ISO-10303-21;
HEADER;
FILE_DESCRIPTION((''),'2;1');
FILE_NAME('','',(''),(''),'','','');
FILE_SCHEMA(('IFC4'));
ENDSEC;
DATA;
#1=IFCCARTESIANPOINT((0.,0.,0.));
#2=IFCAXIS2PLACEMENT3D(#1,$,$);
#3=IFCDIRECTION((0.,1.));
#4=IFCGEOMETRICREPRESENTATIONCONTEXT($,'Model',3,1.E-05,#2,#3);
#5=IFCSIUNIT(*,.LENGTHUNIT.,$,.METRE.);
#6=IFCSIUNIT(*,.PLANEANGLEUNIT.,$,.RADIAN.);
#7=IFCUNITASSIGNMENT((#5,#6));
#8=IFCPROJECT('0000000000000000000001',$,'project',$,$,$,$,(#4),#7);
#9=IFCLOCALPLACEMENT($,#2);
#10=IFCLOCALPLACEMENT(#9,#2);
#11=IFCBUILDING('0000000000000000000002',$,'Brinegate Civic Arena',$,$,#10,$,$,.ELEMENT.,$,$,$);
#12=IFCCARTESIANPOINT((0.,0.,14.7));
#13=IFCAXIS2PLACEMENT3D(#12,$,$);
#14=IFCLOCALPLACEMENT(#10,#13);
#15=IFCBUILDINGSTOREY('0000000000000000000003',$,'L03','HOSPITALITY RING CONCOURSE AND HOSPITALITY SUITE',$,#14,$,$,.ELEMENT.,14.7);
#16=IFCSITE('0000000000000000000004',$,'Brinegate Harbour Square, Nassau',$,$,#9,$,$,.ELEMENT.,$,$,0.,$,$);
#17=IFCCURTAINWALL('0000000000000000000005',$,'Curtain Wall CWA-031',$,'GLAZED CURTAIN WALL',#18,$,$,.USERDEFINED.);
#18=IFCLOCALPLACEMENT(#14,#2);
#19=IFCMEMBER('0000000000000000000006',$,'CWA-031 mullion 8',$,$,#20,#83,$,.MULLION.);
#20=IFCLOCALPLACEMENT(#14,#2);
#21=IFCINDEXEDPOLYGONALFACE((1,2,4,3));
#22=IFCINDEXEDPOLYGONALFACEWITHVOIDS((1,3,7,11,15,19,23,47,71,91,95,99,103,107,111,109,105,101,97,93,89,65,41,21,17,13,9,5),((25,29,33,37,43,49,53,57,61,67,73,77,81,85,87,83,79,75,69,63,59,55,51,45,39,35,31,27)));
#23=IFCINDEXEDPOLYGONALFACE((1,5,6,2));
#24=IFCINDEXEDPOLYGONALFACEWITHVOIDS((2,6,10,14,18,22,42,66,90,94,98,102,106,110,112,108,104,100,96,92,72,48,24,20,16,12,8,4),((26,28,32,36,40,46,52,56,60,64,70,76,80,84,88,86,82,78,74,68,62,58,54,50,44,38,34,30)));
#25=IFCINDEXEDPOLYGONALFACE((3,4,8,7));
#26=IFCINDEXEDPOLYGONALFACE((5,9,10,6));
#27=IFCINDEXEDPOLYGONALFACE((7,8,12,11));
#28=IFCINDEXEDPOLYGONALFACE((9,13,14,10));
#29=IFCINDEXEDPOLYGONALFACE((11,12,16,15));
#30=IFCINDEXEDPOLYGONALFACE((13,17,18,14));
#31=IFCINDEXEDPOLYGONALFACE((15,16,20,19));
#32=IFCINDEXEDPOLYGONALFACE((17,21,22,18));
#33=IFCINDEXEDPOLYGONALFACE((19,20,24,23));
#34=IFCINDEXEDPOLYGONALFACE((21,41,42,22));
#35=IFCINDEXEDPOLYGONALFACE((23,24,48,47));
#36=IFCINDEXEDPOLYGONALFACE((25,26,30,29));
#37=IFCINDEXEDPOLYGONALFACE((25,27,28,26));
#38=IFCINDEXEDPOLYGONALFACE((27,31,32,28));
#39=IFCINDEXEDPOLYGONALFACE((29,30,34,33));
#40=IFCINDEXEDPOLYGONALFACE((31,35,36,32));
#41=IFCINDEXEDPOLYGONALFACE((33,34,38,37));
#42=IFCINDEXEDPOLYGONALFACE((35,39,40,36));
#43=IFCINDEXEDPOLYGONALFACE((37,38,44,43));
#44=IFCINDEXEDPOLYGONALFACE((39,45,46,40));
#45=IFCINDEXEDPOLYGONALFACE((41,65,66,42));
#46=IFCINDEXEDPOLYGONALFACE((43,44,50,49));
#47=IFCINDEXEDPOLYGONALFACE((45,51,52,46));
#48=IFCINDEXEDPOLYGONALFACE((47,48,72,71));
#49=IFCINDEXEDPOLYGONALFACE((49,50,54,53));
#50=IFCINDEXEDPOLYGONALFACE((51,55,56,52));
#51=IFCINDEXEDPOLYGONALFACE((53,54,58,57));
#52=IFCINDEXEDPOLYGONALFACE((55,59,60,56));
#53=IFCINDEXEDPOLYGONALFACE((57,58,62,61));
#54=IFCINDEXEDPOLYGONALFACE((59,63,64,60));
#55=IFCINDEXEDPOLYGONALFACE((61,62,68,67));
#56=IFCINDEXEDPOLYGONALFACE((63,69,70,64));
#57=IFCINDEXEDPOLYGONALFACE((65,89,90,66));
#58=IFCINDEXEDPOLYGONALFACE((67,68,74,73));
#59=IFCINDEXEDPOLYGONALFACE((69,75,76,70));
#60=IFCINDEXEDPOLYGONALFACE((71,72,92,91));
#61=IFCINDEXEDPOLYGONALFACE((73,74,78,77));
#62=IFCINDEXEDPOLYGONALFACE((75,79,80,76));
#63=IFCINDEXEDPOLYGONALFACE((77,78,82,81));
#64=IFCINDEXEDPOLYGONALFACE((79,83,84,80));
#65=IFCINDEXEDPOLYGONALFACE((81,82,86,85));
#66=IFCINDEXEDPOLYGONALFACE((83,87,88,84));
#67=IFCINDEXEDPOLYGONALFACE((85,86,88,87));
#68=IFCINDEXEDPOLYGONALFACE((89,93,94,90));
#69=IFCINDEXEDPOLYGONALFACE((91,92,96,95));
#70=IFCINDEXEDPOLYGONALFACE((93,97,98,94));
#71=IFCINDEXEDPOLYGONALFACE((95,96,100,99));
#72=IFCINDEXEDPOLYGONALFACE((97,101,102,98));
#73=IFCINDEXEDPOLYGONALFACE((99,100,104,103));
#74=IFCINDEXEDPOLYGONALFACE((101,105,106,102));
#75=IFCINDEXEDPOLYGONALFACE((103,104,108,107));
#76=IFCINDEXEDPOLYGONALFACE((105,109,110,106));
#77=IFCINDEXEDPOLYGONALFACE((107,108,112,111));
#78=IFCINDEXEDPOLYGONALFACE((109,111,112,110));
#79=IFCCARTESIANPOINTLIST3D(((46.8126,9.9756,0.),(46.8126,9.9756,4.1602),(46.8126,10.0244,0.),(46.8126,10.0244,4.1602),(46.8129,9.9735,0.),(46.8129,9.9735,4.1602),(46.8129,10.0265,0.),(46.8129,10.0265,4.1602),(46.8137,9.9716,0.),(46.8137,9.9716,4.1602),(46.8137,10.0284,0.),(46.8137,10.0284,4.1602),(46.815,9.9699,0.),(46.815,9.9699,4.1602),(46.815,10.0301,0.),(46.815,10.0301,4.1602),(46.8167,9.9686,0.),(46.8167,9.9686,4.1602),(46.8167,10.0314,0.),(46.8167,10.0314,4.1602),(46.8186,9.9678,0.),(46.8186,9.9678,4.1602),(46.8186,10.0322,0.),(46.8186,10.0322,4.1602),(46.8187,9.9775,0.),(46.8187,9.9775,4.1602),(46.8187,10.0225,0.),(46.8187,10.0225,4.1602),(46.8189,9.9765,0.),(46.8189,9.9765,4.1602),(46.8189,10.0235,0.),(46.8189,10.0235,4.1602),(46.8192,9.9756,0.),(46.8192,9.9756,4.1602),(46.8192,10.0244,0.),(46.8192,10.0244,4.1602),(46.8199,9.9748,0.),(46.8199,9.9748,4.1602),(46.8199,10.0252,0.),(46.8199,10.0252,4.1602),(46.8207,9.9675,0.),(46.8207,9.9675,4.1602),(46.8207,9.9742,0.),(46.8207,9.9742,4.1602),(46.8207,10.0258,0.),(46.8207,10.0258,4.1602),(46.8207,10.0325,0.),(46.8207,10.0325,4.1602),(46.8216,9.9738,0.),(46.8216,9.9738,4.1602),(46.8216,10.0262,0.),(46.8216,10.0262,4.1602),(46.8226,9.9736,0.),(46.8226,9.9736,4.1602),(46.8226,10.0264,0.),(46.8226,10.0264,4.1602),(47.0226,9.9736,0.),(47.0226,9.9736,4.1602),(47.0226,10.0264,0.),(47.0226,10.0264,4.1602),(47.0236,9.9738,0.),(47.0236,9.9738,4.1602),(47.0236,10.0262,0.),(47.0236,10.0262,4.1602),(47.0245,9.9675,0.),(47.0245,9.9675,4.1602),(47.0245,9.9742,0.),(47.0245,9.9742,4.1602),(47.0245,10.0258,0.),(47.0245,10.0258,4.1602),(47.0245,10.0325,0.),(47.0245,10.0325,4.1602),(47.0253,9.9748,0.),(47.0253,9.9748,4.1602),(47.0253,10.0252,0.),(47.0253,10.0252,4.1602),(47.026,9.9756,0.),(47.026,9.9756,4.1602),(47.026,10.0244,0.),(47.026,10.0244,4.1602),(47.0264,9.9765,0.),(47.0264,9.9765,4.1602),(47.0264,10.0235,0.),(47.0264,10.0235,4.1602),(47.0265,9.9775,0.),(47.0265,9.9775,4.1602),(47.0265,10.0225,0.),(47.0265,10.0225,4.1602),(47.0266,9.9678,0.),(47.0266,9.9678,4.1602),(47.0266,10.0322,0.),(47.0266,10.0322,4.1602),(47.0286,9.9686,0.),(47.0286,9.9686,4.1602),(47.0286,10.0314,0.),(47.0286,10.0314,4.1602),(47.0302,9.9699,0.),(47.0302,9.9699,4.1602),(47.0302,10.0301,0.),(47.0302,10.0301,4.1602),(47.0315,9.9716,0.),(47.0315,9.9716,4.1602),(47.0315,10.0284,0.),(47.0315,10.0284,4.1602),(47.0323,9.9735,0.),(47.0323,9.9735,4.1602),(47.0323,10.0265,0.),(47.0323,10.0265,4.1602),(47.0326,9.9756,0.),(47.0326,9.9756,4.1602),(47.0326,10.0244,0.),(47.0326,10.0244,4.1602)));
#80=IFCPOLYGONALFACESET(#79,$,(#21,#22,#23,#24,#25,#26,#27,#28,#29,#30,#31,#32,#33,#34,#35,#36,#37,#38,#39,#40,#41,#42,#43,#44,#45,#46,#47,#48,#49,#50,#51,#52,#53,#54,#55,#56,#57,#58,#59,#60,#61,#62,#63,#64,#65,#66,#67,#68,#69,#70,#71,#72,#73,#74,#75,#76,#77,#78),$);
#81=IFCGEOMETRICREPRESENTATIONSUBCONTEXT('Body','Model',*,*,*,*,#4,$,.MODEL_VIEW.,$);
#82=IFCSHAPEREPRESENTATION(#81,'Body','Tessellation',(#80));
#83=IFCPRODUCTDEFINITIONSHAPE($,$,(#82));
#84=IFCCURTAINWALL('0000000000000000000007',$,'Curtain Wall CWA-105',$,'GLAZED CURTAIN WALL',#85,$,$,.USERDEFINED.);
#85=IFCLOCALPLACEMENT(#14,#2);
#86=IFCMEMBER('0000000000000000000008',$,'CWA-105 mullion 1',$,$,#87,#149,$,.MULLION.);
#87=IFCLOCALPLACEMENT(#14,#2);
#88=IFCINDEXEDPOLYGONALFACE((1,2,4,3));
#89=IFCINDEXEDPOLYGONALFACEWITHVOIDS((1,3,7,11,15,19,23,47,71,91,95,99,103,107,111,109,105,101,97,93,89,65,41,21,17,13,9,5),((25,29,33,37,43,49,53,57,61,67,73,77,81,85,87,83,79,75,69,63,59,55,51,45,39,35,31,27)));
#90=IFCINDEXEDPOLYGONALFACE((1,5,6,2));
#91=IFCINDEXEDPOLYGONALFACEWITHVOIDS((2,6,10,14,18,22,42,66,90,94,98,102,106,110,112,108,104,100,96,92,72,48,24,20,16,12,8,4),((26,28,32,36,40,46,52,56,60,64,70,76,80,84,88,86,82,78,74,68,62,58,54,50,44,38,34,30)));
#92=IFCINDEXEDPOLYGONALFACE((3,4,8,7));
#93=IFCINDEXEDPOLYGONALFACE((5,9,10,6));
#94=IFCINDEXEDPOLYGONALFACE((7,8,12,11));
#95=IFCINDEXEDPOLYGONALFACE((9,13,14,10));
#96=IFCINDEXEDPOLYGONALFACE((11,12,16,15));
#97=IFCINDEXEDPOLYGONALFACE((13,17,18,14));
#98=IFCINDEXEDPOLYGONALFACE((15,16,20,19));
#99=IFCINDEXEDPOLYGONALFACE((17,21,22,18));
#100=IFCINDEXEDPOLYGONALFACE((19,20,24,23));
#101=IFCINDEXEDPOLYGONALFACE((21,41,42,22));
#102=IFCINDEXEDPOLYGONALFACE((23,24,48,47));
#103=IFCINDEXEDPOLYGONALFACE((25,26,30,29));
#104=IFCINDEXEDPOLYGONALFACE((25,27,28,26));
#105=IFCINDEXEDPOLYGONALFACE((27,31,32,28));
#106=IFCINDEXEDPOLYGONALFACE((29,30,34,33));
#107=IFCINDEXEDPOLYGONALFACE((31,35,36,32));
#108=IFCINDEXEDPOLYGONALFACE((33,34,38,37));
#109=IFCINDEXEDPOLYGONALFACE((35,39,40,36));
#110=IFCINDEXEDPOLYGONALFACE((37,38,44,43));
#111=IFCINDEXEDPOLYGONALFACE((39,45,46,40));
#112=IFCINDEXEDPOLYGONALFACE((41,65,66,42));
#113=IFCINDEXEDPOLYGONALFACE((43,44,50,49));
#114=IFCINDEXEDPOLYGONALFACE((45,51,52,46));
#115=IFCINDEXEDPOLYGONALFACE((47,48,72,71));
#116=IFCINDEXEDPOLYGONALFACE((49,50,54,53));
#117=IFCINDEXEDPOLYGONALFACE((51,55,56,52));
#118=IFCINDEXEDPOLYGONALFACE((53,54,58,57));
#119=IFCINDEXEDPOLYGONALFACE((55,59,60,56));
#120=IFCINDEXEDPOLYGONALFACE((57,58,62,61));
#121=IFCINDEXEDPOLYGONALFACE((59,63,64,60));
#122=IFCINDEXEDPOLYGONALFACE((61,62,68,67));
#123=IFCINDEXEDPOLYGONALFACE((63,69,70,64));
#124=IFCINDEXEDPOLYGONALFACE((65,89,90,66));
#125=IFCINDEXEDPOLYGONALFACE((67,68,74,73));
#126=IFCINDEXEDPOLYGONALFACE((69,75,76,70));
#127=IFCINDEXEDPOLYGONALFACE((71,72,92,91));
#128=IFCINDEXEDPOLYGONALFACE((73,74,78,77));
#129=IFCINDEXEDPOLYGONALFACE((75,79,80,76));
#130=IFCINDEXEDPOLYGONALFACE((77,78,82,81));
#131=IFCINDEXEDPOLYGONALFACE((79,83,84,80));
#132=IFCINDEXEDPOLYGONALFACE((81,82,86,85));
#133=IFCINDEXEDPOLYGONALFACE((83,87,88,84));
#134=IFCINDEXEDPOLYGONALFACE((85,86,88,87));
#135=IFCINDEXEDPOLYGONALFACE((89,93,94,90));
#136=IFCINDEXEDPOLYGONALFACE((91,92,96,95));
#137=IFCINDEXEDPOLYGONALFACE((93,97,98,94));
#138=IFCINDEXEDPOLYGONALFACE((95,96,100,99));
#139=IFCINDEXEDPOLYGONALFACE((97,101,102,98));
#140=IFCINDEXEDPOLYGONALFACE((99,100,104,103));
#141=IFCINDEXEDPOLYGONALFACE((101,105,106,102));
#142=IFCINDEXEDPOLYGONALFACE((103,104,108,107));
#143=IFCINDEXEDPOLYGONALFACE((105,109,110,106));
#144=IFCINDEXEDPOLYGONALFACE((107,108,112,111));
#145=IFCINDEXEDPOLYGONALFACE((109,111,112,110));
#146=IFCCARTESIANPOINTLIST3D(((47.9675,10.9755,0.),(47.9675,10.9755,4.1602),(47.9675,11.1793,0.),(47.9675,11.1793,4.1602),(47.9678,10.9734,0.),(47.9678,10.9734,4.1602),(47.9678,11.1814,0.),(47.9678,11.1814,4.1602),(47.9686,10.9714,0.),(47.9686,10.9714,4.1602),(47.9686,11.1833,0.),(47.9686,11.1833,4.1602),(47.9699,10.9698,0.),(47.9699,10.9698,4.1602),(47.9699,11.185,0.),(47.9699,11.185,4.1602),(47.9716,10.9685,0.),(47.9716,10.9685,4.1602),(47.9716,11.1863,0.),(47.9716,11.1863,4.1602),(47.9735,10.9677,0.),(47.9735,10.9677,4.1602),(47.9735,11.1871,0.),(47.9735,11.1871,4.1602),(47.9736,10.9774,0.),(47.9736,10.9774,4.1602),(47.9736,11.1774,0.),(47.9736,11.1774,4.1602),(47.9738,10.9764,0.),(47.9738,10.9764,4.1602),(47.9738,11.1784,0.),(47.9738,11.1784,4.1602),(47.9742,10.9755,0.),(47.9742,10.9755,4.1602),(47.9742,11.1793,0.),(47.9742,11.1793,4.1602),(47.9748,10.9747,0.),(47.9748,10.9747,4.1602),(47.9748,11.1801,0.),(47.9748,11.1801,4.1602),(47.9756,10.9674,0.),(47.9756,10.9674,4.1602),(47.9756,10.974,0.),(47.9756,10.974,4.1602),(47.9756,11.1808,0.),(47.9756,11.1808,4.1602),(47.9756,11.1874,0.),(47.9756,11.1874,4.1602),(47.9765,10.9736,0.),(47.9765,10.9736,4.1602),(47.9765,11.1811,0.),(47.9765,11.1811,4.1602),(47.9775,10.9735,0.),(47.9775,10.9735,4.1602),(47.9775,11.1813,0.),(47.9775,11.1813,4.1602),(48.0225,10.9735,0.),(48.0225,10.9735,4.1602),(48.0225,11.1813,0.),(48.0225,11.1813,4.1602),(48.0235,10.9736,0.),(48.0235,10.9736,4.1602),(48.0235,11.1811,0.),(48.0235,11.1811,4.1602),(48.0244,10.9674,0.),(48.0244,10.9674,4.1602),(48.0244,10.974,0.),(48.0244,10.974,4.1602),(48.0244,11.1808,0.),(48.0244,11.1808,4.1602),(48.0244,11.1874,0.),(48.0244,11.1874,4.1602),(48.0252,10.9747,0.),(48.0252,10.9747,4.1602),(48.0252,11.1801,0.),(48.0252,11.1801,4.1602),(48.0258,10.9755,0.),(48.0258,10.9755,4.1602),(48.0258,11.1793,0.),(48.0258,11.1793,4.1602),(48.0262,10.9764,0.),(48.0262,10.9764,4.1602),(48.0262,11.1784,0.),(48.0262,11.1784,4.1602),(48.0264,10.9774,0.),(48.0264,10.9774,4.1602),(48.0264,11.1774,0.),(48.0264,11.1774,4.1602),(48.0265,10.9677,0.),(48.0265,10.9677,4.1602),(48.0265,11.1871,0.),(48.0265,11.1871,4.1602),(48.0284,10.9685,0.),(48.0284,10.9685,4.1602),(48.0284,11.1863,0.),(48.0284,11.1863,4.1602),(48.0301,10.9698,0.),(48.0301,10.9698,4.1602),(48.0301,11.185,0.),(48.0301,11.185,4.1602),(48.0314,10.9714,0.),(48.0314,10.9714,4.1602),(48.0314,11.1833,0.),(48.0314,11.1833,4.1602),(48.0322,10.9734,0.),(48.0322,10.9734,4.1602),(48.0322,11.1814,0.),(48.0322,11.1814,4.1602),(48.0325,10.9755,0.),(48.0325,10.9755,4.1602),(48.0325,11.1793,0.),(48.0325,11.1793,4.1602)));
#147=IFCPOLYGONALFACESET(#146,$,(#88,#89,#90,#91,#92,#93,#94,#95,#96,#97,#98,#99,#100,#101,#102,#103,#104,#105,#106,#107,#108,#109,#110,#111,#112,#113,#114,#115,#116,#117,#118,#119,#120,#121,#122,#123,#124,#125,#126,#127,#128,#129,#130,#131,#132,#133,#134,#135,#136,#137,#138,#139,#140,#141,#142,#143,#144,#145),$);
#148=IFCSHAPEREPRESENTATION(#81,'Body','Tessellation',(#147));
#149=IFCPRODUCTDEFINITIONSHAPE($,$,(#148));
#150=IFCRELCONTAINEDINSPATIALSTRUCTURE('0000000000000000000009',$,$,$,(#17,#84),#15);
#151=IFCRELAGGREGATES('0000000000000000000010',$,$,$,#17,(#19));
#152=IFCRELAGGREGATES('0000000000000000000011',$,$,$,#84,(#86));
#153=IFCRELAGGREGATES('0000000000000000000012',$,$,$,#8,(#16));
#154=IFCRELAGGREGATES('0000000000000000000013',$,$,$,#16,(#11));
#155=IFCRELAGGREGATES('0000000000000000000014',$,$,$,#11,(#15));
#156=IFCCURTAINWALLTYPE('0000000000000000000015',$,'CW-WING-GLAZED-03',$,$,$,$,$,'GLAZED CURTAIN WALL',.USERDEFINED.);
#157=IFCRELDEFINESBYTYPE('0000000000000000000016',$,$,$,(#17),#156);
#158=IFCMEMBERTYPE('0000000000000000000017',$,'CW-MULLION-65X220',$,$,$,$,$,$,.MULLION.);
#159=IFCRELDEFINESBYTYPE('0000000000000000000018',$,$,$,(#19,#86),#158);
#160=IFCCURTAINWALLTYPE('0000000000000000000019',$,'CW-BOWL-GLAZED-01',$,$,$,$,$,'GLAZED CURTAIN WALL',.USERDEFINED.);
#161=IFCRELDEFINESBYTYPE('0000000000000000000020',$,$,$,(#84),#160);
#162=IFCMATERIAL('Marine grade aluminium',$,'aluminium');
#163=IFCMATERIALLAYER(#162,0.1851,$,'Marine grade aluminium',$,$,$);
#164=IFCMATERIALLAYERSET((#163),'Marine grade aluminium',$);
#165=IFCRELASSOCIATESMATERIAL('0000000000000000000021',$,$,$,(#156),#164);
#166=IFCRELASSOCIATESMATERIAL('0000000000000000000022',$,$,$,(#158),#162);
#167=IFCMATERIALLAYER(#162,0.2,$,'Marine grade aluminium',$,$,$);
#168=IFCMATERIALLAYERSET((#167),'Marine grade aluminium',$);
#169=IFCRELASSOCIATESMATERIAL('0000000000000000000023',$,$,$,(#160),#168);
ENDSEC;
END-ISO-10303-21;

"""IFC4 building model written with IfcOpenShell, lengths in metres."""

from ifc_helpers import new_model, si_unit, direction, frame, origin, origin_2d, place, context, subcontext, project, spatial, hollow_rectangle, extrude, material, layer, layer_set, material_profile, profile_set, type_object, element, aggregate, save


model = new_model("IFC4")

# Units and contexts
model_context = context("Model", 3, precision=1e-05, world=origin(), true_north=direction((0.0, 1.0)))
body_context = subcontext(model_context, "Body", "Model", "MODEL_VIEW")
ifc_project = project(units=[si_unit("LENGTHUNIT", "METRE"), si_unit("PLANEANGLEUNIT", "RADIAN")], contexts=[model_context])

# Site, building, storey
site_placement = place(None, origin())
site = spatial("IfcSite", under=ifc_project, at=site_placement, Name="Brinegate Harbour Square, Nassau", CompositionType="ELEMENT", RefElevation=0.0)
building_placement = place(site_placement, origin())
building = spatial("IfcBuilding", under=site, at=building_placement, Name="Brinegate Civic Arena", CompositionType="ELEMENT")
storey_placement = place(building_placement, frame((0.0, 0.0, 14.7)))
storey = spatial("IfcBuildingStorey", under=building, at=storey_placement, Name="L03", Description="HOSPITALITY RING CONCOURSE AND HOSPITALITY SUITE", CompositionType="ELEMENT", Elevation=14.7)

# Curtain walls, members
ifc_material_1 = material(Name="Marine grade aluminium", Category="aluminium")
ifc_layer_1 = layer(ifc_material_1, 0.1851, Name="Marine grade aluminium")
ifc_layer_set_1 = layer_set([ifc_layer_1], Name="Marine grade aluminium")
curtain_wall_type_1 = type_object("IfcCurtainWallType", Name="CW-WING-GLAZED-03", ElementType="GLAZED CURTAIN WALL", PredefinedType="USERDEFINED", material=ifc_layer_set_1)
curtain_wall_1_placement = place(storey_placement, origin())
curtain_wall_1 = element("IfcCurtainWall", 1, at=curtain_wall_1_placement, inside=storey, type_object=curtain_wall_type_1, Name="Curtain Wall CWA-031", ObjectType="GLAZED CURTAIN WALL", PredefinedType="USERDEFINED")
ifc_material_profile_1 = material_profile(ifc_material_1, hollow_rectangle(XDim=0.0649, YDim=0.22, WallThickness=0.0061, InnerFilletRadius=0.0039, OuterFilletRadius=0.0081, at=origin_2d()), Name="MUL65X220")
ifc_profile_set_1 = profile_set([ifc_material_profile_1], Name="Marine grade aluminium")
member_type_1 = type_object("IfcMemberType", Name="CW-MULLION-65X220", PredefinedType="MULLION", material=ifc_profile_set_1)
member_1_placement = place(storey_placement, frame((46.9226, 10.0, 0.0), z_axis=(0.0, 0.0, 1.0), x_axis=(0.0, 1.0, 0.0)))
member_1 = element("IfcMember", 2, at=member_1_placement, type_object=member_type_1, Name="CWA-031 mullion 8", PredefinedType="MULLION", context=body_context, shape_type="SweptSolid", body=[
    extrude(hollow_rectangle(XDim=0.0649, YDim=0.22, WallThickness=0.0061, InnerFilletRadius=0.0039, OuterFilletRadius=0.0081, at=origin_2d()), origin(), (0.0, 0.0, 1.0), 4.1602),
])
ifc_layer_2 = layer(ifc_material_1, 0.2, Name="Marine grade aluminium")
ifc_layer_set_2 = layer_set([ifc_layer_2], Name="Marine grade aluminium")
curtain_wall_type_2 = type_object("IfcCurtainWallType", Name="CW-BOWL-GLAZED-01", ElementType="GLAZED CURTAIN WALL", PredefinedType="USERDEFINED", material=ifc_layer_set_2)
curtain_wall_2_placement = place(storey_placement, origin())
curtain_wall_2 = element("IfcCurtainWall", 3, at=curtain_wall_2_placement, inside=storey, type_object=curtain_wall_type_2, Name="Curtain Wall CWA-105", ObjectType="GLAZED CURTAIN WALL", PredefinedType="USERDEFINED")
member_2_placement = place(storey_placement, frame((48.0, 11.0774, 0.0), z_axis=(0.0, 0.0, 1.0), x_axis=(-1.0, 0.0, 0.0)))
member_2 = element("IfcMember", 4, at=member_2_placement, type_object=member_type_1, Name="CWA-105 mullion 1", PredefinedType="MULLION", context=body_context, shape_type="SweptSolid", body=[
    extrude(hollow_rectangle(XDim=0.0649, YDim=0.22, WallThickness=0.0061, InnerFilletRadius=0.0039, OuterFilletRadius=0.0081, at=origin_2d()), origin(), (0.0, 0.0, 1.0), 4.1602),
])

aggregate(curtain_wall_1, [member_1])
aggregate(curtain_wall_2, [member_2])

save(model, "model.ifc")
